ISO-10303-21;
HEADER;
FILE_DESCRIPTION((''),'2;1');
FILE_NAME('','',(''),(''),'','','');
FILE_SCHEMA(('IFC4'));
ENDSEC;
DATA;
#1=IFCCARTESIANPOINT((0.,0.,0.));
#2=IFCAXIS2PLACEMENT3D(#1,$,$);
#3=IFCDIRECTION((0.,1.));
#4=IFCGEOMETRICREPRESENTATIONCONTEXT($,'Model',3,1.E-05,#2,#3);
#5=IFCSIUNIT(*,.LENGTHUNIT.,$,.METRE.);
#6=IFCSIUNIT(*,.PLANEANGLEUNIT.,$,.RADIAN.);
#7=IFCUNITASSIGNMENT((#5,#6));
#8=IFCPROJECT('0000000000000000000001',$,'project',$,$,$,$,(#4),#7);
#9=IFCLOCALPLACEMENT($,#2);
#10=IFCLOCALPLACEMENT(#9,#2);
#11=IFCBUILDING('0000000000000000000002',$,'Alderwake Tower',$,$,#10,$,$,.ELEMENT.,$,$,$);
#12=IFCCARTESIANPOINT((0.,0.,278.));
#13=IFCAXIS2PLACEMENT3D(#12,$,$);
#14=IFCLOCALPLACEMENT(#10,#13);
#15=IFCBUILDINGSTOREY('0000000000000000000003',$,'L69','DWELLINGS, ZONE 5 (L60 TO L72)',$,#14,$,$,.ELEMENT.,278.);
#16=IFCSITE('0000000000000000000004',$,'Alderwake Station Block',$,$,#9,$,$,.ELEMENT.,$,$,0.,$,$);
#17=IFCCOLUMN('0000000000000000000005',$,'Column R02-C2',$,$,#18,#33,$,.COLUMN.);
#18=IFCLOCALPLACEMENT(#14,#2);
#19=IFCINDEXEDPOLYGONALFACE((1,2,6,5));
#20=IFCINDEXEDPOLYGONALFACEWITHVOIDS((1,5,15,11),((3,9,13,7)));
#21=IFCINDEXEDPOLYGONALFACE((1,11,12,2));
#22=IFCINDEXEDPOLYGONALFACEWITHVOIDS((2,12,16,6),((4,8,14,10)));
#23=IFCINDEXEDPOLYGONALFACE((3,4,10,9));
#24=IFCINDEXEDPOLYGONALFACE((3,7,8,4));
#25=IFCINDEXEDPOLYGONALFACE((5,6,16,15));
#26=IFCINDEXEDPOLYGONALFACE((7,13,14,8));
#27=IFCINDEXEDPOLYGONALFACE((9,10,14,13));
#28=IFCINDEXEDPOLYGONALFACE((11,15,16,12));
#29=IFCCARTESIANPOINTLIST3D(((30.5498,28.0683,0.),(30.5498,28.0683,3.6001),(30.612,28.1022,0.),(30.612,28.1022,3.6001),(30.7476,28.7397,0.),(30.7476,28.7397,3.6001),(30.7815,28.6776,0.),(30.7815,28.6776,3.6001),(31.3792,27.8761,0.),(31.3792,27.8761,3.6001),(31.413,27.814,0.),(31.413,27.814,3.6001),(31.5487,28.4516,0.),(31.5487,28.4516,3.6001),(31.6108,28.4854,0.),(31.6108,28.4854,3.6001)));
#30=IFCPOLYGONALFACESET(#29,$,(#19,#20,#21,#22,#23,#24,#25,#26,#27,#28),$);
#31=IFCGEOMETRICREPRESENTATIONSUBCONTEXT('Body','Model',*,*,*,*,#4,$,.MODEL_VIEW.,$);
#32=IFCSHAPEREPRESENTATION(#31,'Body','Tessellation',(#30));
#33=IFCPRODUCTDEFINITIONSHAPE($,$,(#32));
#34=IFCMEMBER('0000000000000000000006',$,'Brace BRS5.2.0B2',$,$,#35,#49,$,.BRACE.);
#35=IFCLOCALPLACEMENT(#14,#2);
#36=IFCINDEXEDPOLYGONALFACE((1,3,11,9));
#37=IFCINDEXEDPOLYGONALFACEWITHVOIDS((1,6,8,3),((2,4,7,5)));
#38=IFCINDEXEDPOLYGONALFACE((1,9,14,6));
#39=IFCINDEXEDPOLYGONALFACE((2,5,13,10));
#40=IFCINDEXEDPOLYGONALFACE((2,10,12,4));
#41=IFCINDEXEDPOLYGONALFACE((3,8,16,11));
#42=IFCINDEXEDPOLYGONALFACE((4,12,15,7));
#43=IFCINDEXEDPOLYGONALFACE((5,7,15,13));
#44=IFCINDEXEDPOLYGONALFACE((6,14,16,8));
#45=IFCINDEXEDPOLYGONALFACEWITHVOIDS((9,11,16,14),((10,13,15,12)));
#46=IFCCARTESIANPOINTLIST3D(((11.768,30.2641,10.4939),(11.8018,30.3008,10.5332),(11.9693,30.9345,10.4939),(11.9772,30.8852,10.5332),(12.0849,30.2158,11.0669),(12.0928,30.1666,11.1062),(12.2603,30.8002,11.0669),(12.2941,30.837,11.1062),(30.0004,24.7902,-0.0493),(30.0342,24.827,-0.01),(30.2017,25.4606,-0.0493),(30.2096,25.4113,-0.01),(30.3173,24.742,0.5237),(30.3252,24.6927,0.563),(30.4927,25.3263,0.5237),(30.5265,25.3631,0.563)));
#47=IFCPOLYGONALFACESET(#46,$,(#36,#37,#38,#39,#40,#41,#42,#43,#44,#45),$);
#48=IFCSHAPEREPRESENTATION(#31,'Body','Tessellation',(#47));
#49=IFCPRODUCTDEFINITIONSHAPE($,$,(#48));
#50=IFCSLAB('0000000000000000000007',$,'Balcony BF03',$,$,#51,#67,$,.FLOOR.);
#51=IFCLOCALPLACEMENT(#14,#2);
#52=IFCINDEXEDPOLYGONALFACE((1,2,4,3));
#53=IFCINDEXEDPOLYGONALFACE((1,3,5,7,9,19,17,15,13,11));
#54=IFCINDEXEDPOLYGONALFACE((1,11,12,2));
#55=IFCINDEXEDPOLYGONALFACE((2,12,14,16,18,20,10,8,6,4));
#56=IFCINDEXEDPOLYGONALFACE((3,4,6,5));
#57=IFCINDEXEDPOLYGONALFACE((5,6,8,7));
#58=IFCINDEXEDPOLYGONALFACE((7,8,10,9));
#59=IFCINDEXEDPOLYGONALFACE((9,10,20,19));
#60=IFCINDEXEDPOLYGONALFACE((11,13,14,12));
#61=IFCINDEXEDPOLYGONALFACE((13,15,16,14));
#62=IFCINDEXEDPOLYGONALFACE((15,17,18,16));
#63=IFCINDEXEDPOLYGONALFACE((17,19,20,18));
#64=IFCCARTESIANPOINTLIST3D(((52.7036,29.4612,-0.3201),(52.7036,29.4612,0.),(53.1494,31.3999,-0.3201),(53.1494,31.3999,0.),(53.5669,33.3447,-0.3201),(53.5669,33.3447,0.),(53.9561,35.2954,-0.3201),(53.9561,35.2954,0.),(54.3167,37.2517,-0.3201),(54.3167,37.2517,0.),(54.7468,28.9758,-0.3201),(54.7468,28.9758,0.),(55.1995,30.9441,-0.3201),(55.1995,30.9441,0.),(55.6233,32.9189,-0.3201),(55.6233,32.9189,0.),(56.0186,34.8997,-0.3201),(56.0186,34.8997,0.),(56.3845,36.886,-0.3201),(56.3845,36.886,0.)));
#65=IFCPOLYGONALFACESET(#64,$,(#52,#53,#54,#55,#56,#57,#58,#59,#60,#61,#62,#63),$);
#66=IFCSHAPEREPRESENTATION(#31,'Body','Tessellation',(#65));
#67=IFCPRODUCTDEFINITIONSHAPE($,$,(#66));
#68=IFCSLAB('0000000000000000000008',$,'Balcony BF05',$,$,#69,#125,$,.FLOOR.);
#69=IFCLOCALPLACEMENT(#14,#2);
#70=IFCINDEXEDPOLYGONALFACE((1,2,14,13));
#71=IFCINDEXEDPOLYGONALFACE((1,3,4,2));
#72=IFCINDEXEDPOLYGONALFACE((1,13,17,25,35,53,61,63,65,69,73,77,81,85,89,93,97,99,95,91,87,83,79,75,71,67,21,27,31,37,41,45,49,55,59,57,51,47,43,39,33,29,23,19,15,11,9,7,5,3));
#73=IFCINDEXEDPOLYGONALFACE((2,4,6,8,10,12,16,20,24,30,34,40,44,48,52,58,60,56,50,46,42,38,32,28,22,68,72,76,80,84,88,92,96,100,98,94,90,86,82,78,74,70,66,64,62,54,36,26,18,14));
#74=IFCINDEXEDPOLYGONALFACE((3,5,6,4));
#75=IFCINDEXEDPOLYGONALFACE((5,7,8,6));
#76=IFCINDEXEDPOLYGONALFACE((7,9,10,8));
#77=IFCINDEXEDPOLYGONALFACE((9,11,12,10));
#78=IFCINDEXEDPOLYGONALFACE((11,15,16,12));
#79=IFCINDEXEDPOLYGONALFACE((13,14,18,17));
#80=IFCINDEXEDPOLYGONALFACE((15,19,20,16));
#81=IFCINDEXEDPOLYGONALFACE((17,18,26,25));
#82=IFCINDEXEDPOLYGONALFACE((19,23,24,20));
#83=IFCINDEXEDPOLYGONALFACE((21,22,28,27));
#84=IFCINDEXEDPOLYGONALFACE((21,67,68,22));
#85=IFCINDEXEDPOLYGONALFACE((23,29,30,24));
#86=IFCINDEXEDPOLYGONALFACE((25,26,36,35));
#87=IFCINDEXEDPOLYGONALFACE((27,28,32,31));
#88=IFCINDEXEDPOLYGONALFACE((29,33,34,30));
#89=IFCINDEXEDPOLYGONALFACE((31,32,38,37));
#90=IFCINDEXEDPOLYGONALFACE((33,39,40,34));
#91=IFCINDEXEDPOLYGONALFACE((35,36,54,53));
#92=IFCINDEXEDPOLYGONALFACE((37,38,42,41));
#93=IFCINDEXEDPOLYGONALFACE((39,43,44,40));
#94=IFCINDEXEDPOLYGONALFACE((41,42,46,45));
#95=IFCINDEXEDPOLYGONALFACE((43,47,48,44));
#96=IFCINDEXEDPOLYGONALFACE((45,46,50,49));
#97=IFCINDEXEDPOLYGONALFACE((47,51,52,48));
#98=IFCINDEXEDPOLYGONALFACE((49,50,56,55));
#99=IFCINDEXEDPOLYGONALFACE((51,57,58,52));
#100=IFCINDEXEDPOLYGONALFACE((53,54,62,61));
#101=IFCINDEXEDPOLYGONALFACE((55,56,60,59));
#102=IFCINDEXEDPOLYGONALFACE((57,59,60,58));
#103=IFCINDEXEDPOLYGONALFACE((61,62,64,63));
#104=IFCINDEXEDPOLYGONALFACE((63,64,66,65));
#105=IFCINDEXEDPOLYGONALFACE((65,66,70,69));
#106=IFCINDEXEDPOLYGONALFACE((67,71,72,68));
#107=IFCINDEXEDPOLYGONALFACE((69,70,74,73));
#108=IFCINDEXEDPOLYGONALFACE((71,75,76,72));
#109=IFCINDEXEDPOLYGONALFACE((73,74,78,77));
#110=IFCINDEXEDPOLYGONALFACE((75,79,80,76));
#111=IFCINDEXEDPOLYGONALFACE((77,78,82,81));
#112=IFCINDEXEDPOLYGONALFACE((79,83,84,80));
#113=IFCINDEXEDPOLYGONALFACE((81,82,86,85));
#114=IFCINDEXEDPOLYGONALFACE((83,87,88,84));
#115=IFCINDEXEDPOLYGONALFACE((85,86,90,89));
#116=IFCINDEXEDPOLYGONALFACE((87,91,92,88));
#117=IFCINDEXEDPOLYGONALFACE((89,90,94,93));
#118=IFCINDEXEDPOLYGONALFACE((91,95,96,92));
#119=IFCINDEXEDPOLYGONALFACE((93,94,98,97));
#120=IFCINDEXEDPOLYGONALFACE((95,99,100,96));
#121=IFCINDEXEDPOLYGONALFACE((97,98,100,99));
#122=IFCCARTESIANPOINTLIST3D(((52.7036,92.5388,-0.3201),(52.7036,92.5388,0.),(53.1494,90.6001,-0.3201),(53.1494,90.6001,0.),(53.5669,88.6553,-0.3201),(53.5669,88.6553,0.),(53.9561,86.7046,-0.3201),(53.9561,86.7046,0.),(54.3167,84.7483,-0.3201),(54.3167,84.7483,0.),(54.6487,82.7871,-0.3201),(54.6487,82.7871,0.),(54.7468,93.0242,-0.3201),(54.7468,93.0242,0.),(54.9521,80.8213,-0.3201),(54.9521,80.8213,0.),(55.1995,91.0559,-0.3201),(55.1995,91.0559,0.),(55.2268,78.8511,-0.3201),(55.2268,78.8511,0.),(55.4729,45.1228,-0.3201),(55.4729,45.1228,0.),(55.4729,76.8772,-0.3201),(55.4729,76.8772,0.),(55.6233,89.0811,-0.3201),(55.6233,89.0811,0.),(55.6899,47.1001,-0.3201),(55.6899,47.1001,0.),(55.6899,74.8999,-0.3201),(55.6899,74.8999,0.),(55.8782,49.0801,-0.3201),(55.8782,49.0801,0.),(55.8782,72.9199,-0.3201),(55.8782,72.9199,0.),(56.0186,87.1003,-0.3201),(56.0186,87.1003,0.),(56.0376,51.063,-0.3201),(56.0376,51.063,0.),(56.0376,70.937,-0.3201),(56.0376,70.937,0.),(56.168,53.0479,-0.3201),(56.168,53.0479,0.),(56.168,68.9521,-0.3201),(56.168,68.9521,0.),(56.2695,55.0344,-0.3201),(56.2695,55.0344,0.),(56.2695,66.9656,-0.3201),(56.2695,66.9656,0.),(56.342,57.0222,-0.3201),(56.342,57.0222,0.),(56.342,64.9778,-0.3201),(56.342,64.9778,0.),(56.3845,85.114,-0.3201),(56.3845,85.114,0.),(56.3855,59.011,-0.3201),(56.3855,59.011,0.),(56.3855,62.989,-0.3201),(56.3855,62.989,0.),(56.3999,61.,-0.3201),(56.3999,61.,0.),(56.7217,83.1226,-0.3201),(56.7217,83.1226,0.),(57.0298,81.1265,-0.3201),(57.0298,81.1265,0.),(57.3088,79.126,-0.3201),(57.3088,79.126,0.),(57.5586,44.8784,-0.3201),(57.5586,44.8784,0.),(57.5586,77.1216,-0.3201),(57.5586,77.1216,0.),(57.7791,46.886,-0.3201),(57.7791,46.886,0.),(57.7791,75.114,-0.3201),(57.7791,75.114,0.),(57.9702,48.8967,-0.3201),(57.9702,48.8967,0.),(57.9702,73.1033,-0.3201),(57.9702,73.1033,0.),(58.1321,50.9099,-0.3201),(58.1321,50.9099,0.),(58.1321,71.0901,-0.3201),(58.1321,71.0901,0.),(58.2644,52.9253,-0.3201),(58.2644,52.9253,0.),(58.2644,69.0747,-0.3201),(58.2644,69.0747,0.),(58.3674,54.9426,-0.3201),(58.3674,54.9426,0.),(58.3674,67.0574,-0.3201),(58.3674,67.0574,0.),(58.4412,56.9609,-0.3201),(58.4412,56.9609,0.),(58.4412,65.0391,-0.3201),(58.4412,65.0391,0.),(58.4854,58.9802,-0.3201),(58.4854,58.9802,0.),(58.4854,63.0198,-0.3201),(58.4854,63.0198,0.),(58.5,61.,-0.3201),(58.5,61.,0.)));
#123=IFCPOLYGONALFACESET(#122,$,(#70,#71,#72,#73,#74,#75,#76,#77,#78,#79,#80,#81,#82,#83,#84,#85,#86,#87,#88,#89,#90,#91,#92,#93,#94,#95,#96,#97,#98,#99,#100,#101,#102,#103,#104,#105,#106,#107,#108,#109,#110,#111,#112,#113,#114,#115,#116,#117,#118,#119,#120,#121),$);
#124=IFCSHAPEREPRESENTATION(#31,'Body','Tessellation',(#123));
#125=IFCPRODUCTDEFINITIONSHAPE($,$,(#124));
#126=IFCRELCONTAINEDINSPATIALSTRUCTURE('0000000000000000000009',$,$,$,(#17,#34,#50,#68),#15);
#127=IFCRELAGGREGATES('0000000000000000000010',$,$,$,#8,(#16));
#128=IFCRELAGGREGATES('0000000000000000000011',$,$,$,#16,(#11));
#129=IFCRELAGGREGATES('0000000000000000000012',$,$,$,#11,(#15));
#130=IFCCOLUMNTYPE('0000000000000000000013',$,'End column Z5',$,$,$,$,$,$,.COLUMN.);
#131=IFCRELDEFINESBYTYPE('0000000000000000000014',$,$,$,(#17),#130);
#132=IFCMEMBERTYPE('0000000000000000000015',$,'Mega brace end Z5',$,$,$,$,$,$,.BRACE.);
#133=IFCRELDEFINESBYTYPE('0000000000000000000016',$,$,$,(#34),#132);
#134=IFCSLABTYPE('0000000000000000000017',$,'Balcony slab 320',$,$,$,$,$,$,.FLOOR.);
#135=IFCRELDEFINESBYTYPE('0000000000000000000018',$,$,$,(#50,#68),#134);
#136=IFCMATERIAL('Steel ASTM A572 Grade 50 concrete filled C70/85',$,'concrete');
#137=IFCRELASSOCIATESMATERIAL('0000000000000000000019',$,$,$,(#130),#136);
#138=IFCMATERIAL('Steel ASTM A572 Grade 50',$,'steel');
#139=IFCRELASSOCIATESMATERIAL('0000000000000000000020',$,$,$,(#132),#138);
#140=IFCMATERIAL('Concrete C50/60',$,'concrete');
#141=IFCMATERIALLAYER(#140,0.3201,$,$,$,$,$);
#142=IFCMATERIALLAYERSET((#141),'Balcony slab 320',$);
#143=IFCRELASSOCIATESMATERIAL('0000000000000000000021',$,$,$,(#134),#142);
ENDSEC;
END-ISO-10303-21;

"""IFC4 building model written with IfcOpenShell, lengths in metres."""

from ifc_helpers import new_model, si_unit, direction, frame, origin, origin_2d, place, context, subcontext, project, spatial, polyline, hollow_rectangle, outline, extrude, material, layer, layer_set, material_profile, profile_set, type_object, element, save


model = new_model("IFC4")

# Units and contexts
model_context = context("Model", 3, precision=1e-05, world=origin(), true_north=direction((0.0, 1.0)))
body_context = subcontext(model_context, "Body", "Model", "MODEL_VIEW")
ifc_project = project(units=[si_unit("LENGTHUNIT", "METRE"), si_unit("PLANEANGLEUNIT", "RADIAN")], contexts=[model_context])

# Site, building, storey
site_placement = place(None, origin())
site = spatial("IfcSite", under=ifc_project, at=site_placement, Name="Alderwake Station Block", CompositionType="ELEMENT", RefElevation=0.0)
building_placement = place(site_placement, origin())
building = spatial("IfcBuilding", under=site, at=building_placement, Name="Alderwake Tower", CompositionType="ELEMENT")
storey_placement = place(building_placement, frame((0.0, 0.0, 278.0)))
storey = spatial("IfcBuildingStorey", under=building, at=storey_placement, Name="L69", Description="DWELLINGS, ZONE 5 (L60 TO L72)", CompositionType="ELEMENT", Elevation=278.0)

# Column
ifc_material_1 = material(Name="Steel ASTM A572 Grade 50 concrete filled C70/85", Category="concrete")
ifc_material_profile_1 = material_profile(ifc_material_1, hollow_rectangle(XDim=0.7, YDim=0.8999, WallThickness=0.05, at=origin_2d()), Name="BOX 900X700X50")
ifc_profile_set_1 = profile_set([ifc_material_profile_1], Name="Steel ASTM A572 Grade 50 concrete filled C70/85")
column_type = type_object("IfcColumnType", Name="End column Z5", PredefinedType="COLUMN", material=ifc_profile_set_1)
column_placement = place(storey_placement, frame((31.0803, 28.2769, 0.0), z_axis=(0.0, 0.0, 1.0), x_axis=(0.282583, 0.959243, 0.0)))
element("IfcColumn", 1, at=column_placement, inside=storey, type_object=column_type, Name="Column R02-C2", PredefinedType="COLUMN", context=body_context, shape_type="SweptSolid", body=[
    extrude(hollow_rectangle(XDim=0.7, YDim=0.8999, WallThickness=0.05, at=origin_2d()), origin(), (0.0, 0.0, 1.0), 3.6001),
])

# Member
ifc_material_2 = material(Name="Steel ASTM A572 Grade 50", Category="steel")
ifc_material_profile_2 = material_profile(ifc_material_2, hollow_rectangle(XDim=0.7, YDim=0.7, WallThickness=0.0449, at=origin_2d()), Name="BOX 700X700X45")
ifc_profile_set_2 = profile_set([ifc_material_profile_2], Name="Steel ASTM A572 Grade 50")
member_type = type_object("IfcMemberType", Name="Mega brace end Z5", PredefinedType="BRACE", material=ifc_profile_set_2)
member_placement = place(storey_placement, frame((30.2634, 25.0767, 0.2568), z_axis=(-0.837846, 0.251545, 0.484499), x_axis=(-0.287548, -0.957766, 0.0)))
element("IfcMember", 2, at=member_placement, inside=storey, type_object=member_type, Name="Brace BRS5.2.0B2", PredefinedType="BRACE", context=body_context, shape_type="SweptSolid", body=[
    extrude(hollow_rectangle(XDim=0.7, YDim=0.7, WallThickness=0.0449, at=origin_2d()), origin(), (0.0, 0.0, 1.0), 21.761),
])

# Slabs
ifc_material_3 = material(Name="Concrete C50/60", Category="concrete")
ifc_layer_1 = layer(ifc_material_3, 0.3201)
ifc_layer_set_1 = layer_set([ifc_layer_1], Name="Balcony slab 320")
slab_type_1 = type_object("IfcSlabType", Name="Balcony slab 320", PredefinedType="FLOOR", material=ifc_layer_set_1)
slab_1_placement = place(storey_placement, frame((0.0, 0.0, -0.3201)))
element("IfcSlab", 3, at=slab_1_placement, inside=storey, type_object=slab_type_1, Name="Balcony BF03", PredefinedType="FLOOR", context=body_context, shape_type="SweptSolid", body=[
    extrude(outline(polyline([(52.7036, 29.4612), (54.7468, 28.9758), (55.1995, 30.9441), (55.6233, 32.9189), (56.0186, 34.8997), (56.3845, 36.886), (54.3167, 37.2517), (53.9561, 35.2954), (53.5669, 33.3447), (53.1494, 31.3999), (52.7036, 29.4612)])), origin(), (0.0, 0.0, 1.0), 0.3201),
])
slab_2_placement = place(storey_placement, frame((0.0, 0.0, -0.3201)))
element("IfcSlab", 4, at=slab_2_placement, inside=storey, type_object=slab_type_1, Name="Balcony BF05", PredefinedType="FLOOR", context=body_context, shape_type="SweptSolid", body=[
    extrude(outline(polyline([(57.7791, 46.886), (57.9702, 48.8967), (58.1321, 50.9099), (58.2644, 52.9253), (58.3674, 54.9426), (58.4412, 56.9609), (58.4854, 58.9802), (58.5, 61.0), (58.4854, 63.0198), (58.4412, 65.0391), (58.3674, 67.0574), (58.2644, 69.0747), (58.1321, 71.0901), (57.9702, 73.1033), (57.7791, 75.114), (57.5586, 77.1216), (57.3088, 79.126), (57.0298, 81.1265), (56.7217, 83.1226), (56.3845, 85.114), (56.0186, 87.1003), (55.6233, 89.0811), (55.1995, 91.0559), (54.7468, 93.0242), (52.7036, 92.5388), (53.1494, 90.6001), (53.5669, 88.6553), (53.9561, 86.7046), (54.3167, 84.7483), (54.6487, 82.7871), (54.9521, 80.8213), (55.2268, 78.8511), (55.4729, 76.8772), (55.6899, 74.8999), (55.8782, 72.9199), (56.0376, 70.937), (56.168, 68.9521), (56.2695, 66.9656), (56.342, 64.9778), (56.3855, 62.989), (56.3999, 61.0), (56.3855, 59.011), (56.342, 57.0222), (56.2695, 55.0344), (56.168, 53.0479), (56.0376, 51.063), (55.8782, 49.0801), (55.6899, 47.1001), (55.4729, 45.1228), (57.5586, 44.8784), (57.7791, 46.886)])), origin(), (0.0, 0.0, 1.0), 0.3201),
])

save(model, "model.ifc")
